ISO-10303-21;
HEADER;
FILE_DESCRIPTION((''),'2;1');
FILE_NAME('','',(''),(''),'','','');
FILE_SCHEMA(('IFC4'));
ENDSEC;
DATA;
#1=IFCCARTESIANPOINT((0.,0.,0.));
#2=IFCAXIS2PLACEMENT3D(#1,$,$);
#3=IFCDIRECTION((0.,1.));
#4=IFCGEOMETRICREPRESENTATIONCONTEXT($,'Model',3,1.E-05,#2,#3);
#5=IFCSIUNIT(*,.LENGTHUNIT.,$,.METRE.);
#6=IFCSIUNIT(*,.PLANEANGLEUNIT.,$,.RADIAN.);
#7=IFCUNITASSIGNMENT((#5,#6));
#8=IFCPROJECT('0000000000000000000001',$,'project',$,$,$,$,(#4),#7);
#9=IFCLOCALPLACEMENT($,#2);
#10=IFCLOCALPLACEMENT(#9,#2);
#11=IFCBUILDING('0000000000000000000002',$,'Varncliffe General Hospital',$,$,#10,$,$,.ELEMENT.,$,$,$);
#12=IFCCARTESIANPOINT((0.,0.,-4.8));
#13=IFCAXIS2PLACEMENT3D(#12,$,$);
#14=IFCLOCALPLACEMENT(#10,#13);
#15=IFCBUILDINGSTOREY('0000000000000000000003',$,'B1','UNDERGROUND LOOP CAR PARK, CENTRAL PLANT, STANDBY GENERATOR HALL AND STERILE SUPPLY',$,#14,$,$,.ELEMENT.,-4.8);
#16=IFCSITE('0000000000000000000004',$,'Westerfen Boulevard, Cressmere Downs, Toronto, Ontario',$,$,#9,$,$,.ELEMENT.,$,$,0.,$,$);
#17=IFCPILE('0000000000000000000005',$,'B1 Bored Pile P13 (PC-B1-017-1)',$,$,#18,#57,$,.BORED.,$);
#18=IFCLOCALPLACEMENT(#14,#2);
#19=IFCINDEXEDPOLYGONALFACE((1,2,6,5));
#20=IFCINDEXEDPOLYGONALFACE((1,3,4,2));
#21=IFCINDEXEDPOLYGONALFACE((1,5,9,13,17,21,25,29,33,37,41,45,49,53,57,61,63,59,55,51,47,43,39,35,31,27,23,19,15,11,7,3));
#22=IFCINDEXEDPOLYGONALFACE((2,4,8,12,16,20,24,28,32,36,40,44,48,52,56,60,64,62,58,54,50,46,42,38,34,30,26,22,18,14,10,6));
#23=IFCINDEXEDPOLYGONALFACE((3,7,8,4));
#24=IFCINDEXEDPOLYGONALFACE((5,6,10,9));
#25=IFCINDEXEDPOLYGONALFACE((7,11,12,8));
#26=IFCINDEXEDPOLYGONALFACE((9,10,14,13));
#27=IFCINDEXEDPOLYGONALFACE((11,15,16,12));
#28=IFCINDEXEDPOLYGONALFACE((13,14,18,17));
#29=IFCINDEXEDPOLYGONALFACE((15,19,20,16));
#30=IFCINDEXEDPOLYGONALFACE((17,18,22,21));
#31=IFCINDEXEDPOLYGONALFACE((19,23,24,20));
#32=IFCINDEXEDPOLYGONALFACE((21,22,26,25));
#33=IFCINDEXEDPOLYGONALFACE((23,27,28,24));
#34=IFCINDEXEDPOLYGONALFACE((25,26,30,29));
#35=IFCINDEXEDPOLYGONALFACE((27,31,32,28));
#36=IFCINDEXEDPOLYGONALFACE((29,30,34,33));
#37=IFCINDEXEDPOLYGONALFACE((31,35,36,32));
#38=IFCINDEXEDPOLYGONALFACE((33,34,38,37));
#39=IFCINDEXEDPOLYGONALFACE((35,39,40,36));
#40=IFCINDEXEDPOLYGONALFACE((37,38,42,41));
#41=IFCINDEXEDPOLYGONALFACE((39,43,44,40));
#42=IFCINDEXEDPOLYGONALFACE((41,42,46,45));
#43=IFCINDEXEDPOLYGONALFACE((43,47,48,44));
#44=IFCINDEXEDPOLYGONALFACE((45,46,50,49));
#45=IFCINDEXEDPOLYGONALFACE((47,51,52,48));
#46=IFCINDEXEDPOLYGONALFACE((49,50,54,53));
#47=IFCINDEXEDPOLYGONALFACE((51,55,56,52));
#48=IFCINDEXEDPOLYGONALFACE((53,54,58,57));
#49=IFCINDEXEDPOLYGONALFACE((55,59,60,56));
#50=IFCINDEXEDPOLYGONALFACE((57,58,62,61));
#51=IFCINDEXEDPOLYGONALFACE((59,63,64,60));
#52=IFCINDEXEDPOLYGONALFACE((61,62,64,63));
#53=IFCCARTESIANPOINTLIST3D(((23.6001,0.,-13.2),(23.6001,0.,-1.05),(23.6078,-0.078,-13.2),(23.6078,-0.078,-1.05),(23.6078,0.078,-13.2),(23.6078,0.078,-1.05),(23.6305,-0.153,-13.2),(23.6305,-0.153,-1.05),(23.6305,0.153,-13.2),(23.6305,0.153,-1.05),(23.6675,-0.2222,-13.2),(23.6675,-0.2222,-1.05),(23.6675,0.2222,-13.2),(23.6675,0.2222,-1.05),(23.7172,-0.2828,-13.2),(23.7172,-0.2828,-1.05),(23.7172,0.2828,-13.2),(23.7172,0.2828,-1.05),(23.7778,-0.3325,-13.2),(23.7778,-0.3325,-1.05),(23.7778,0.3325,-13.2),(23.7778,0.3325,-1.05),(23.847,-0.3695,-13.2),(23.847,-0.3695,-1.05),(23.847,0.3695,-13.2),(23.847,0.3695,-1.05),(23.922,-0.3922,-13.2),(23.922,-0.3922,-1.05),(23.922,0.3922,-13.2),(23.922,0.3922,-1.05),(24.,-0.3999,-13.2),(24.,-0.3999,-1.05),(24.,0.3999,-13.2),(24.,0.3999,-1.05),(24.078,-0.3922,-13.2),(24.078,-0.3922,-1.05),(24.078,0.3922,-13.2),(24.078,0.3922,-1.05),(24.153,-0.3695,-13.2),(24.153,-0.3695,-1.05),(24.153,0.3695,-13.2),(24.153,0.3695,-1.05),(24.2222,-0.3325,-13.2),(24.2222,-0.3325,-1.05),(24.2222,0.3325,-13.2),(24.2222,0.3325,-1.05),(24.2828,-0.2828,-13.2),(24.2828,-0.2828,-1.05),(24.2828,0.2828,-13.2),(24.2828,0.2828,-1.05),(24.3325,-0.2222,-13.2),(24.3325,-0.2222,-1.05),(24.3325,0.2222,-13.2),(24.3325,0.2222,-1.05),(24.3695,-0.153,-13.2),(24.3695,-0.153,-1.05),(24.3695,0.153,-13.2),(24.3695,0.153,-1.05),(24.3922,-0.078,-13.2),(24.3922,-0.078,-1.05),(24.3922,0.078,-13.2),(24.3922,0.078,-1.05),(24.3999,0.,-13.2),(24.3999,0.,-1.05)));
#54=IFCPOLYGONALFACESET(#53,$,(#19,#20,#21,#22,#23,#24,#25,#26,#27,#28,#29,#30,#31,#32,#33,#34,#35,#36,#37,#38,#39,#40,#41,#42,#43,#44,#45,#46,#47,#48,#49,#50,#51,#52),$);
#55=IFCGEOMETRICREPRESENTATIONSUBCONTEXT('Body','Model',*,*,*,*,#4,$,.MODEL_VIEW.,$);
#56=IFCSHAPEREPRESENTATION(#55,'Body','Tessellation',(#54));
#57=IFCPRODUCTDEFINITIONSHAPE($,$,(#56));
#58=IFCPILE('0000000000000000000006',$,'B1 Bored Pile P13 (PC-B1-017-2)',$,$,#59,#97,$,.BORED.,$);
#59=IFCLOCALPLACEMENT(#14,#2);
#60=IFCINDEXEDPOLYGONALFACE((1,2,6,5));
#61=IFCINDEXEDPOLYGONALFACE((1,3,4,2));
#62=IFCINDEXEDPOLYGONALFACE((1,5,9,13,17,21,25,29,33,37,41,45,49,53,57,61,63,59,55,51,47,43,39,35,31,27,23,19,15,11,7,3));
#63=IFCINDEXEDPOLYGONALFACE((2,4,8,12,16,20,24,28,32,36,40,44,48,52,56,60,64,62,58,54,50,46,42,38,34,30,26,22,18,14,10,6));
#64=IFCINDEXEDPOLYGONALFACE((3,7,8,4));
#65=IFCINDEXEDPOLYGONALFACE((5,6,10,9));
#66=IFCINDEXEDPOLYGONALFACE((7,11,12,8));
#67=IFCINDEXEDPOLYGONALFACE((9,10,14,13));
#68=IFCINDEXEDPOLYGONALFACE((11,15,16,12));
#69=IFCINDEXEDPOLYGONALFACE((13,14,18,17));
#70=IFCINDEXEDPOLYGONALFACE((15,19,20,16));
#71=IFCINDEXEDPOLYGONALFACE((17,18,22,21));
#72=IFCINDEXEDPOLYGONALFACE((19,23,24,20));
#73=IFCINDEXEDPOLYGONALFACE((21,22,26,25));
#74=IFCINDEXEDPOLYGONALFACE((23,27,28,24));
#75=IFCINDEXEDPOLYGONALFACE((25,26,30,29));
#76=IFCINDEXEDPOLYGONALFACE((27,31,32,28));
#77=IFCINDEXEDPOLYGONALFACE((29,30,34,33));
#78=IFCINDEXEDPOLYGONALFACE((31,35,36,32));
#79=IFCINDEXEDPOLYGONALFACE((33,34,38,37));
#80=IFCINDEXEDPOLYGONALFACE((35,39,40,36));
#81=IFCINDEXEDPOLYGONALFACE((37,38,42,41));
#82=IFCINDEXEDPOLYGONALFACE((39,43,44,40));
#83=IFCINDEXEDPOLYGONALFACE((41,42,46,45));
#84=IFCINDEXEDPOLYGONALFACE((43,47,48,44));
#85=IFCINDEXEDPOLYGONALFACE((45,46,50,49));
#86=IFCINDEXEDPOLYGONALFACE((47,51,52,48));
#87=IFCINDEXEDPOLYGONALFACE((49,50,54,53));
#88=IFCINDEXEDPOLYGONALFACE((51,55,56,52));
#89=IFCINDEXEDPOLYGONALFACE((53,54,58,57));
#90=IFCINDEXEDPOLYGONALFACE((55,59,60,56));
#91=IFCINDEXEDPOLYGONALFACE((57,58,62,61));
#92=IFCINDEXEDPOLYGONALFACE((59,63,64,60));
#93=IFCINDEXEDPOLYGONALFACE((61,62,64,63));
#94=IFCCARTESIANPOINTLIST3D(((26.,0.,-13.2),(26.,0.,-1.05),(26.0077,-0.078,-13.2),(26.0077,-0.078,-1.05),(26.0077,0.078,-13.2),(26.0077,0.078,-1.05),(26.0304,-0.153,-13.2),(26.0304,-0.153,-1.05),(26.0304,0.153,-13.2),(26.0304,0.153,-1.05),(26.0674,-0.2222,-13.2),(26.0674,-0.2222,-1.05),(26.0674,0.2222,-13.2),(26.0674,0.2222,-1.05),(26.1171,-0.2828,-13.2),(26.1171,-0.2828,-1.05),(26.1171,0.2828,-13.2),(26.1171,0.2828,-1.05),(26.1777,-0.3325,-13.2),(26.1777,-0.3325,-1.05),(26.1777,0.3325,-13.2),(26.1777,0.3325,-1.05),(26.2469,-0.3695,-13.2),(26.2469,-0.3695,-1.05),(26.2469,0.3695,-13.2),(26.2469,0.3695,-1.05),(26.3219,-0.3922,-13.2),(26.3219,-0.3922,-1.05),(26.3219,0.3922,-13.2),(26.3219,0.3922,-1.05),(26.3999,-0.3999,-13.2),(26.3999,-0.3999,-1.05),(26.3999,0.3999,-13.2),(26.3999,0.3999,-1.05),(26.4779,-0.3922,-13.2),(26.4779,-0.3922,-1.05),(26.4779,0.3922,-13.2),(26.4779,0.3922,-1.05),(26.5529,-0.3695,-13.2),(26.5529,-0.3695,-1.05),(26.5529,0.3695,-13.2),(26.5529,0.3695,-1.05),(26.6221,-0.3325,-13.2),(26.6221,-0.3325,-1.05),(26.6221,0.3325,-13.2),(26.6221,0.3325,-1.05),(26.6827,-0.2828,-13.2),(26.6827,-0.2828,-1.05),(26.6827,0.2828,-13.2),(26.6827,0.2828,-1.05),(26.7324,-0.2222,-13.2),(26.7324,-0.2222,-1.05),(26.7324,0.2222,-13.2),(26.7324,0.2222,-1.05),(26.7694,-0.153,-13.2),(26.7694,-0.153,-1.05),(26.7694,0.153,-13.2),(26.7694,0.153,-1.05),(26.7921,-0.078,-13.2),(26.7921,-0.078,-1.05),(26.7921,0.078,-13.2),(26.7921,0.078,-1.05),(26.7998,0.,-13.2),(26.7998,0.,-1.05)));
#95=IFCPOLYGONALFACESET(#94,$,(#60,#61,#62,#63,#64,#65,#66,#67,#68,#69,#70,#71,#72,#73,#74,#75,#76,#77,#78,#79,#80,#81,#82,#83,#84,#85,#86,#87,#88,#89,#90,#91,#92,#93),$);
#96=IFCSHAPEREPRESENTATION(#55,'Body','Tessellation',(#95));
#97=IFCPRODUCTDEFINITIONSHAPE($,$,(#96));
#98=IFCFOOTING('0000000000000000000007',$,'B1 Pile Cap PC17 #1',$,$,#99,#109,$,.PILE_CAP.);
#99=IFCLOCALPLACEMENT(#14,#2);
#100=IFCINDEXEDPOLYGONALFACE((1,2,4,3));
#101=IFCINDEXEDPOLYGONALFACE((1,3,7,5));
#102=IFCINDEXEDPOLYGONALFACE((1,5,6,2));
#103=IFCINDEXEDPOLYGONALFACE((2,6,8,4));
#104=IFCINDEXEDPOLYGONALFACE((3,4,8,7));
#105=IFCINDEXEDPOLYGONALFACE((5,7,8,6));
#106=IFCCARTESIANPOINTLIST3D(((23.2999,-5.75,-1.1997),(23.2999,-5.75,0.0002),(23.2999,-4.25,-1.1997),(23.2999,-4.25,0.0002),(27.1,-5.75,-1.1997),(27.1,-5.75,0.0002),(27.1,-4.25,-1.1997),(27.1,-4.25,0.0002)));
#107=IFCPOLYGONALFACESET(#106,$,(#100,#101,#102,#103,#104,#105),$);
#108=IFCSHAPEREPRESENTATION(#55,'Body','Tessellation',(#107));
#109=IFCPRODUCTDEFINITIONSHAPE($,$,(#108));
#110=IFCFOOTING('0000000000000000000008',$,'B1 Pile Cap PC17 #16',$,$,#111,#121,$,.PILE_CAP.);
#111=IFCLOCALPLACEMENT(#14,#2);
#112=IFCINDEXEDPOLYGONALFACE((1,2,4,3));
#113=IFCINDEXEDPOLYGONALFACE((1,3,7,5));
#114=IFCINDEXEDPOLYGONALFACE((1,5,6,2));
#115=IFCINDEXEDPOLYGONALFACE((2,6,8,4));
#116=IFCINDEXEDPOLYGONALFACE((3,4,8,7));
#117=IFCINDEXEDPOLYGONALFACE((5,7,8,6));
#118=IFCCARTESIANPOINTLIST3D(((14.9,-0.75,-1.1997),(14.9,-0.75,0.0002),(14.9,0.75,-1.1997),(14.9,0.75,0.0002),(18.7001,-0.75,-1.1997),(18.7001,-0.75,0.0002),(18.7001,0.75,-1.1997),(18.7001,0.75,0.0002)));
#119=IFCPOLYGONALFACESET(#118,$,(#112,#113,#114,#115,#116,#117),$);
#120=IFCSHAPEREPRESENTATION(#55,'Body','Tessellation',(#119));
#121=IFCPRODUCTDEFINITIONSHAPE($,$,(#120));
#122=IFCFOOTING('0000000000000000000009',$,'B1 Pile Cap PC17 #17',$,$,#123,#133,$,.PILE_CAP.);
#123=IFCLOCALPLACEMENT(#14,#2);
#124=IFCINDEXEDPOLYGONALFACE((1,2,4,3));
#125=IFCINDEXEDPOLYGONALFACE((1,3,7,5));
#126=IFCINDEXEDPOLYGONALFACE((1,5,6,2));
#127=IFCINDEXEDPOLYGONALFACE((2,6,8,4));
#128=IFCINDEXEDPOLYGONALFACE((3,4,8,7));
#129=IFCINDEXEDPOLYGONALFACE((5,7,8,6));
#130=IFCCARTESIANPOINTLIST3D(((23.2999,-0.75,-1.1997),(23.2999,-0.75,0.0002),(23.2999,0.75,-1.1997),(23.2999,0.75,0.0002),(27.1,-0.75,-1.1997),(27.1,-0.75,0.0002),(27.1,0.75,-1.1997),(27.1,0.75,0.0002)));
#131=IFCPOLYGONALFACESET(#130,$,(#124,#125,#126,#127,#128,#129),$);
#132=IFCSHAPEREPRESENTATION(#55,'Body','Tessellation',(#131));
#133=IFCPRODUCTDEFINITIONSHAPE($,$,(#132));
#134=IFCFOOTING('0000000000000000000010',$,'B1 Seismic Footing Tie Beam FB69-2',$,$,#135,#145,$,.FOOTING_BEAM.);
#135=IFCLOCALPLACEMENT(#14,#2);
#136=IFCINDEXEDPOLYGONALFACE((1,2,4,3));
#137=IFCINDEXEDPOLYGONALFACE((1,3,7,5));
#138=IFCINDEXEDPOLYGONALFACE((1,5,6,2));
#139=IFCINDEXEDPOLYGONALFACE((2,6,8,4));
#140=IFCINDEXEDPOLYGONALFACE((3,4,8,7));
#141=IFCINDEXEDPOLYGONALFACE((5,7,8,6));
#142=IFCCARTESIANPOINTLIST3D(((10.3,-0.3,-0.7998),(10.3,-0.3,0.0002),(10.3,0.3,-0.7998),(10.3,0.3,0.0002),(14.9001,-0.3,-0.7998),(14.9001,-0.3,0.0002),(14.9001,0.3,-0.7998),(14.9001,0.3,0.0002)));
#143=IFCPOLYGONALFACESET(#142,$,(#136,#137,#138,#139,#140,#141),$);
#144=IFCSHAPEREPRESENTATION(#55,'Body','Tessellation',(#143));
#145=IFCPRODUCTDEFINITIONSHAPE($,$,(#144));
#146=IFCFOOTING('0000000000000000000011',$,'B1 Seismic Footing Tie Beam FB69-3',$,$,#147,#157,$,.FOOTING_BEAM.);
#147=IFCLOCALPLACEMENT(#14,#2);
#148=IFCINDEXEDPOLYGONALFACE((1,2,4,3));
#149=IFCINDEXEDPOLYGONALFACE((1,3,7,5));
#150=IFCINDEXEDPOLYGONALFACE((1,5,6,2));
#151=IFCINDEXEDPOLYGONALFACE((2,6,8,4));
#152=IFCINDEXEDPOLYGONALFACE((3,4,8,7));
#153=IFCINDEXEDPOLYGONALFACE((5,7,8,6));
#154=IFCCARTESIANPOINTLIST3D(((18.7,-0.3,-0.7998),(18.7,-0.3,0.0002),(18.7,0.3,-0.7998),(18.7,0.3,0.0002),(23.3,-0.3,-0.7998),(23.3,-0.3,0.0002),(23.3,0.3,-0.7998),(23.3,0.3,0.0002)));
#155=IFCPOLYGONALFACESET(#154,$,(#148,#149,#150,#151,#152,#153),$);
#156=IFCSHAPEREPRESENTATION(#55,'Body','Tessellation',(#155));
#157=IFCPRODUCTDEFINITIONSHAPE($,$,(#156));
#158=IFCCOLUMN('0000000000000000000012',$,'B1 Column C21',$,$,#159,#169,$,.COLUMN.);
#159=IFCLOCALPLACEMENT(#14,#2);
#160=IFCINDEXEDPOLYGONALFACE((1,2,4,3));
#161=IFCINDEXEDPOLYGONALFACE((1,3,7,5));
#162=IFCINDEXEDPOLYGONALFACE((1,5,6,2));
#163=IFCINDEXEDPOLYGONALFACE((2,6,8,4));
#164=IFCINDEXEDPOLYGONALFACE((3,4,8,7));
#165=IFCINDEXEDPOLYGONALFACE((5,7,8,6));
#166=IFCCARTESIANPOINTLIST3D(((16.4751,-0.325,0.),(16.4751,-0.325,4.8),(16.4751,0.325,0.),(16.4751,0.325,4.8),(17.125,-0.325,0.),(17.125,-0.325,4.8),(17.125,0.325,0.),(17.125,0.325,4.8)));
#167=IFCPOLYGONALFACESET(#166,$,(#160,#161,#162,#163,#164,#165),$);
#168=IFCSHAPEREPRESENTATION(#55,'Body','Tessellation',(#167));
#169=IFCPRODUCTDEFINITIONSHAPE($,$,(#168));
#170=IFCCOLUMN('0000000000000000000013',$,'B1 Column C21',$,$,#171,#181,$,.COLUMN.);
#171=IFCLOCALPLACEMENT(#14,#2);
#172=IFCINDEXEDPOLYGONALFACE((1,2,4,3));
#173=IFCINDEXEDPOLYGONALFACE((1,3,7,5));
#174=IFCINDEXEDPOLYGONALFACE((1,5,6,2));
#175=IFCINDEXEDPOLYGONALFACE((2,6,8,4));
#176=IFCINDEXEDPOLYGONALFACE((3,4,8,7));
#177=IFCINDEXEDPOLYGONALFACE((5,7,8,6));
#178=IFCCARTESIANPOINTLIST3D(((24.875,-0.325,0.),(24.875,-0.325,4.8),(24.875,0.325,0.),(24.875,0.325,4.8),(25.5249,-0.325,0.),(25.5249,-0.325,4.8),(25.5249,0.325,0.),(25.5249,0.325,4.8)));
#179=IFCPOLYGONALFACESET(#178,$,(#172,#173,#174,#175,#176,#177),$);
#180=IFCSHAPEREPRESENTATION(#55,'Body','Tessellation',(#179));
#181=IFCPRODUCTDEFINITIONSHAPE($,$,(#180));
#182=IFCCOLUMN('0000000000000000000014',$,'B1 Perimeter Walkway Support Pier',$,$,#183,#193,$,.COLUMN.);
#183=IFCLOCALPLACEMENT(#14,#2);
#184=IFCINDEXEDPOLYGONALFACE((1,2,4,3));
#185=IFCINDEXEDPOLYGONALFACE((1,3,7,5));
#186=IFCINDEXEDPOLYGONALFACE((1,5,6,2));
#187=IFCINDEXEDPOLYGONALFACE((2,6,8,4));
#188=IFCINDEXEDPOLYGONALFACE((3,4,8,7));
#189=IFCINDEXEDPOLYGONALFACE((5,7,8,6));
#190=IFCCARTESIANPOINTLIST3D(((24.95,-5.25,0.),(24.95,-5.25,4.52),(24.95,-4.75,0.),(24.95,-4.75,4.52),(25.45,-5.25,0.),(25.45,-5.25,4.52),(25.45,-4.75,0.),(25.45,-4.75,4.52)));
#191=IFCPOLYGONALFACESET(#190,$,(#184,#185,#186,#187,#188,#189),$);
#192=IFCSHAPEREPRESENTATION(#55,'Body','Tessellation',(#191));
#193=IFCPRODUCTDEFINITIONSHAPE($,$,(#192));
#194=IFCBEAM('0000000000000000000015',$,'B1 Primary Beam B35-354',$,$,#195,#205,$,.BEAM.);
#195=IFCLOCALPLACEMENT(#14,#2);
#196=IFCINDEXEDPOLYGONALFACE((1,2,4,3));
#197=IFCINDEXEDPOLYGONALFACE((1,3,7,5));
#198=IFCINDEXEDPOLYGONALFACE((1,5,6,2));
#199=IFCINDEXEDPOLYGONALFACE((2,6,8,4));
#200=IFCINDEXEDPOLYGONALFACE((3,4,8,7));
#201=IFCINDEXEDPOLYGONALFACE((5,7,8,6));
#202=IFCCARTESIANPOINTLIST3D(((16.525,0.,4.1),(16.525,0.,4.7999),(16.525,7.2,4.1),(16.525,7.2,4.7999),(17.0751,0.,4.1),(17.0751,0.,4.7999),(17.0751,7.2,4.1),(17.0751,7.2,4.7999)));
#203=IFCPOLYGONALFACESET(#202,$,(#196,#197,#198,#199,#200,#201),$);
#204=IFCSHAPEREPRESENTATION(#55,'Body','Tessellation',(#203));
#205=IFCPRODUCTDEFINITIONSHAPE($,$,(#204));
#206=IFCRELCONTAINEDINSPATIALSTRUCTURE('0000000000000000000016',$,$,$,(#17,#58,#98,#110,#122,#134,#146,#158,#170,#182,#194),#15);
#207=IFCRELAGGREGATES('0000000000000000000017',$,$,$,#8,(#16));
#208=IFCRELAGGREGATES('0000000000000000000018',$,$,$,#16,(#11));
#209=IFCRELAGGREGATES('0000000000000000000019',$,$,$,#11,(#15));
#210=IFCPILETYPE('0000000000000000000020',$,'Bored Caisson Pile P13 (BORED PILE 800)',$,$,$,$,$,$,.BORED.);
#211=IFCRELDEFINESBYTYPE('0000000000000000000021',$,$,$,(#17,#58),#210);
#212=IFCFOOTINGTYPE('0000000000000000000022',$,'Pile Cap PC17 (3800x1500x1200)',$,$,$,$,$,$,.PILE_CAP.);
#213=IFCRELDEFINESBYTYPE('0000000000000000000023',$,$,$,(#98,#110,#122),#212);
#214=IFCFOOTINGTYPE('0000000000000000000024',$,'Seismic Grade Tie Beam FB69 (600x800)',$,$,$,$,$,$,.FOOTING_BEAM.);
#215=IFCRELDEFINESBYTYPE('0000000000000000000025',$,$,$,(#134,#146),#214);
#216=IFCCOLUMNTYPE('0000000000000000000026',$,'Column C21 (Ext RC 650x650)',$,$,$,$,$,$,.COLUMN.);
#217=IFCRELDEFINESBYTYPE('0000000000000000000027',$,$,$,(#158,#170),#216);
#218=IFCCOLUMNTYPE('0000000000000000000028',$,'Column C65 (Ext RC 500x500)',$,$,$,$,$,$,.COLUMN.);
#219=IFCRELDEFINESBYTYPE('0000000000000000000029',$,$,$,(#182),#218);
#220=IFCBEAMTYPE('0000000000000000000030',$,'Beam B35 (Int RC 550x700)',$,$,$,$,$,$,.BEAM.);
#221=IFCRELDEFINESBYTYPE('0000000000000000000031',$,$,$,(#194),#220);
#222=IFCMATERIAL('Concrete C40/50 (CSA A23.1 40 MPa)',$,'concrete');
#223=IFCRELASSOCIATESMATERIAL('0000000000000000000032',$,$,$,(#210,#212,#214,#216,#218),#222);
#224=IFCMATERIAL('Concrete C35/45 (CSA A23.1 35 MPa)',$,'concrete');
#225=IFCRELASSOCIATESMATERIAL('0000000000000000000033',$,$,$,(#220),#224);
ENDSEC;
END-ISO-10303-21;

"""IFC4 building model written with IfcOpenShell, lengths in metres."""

from ifc_helpers import new_model, si_unit, direction, frame, origin, origin_2d, place, context, subcontext, project, spatial, rectangle, circle, extrude, material, material_profile, profile_set, type_object, element, save


model = new_model("IFC4")

# Units and contexts
model_context = context("Model", 3, precision=1e-05, world=origin(), true_north=direction((0.0, 1.0)))
body_context = subcontext(model_context, "Body", "Model", "MODEL_VIEW")
ifc_project = project(units=[si_unit("LENGTHUNIT", "METRE"), si_unit("PLANEANGLEUNIT", "RADIAN")], contexts=[model_context])

# Site, building, storey
site_placement = place(None, origin())
site = spatial("IfcSite", under=ifc_project, at=site_placement, Name="Westerfen Boulevard, Cressmere Downs, Toronto, Ontario", CompositionType="ELEMENT", RefElevation=0.0)
building_placement = place(site_placement, origin())
building = spatial("IfcBuilding", under=site, at=building_placement, Name="Varncliffe General Hospital", CompositionType="ELEMENT")
storey_placement = place(building_placement, frame((0.0, 0.0, -4.8)))
storey = spatial("IfcBuildingStorey", under=building, at=storey_placement, Name="B1", Description="UNDERGROUND LOOP CAR PARK, CENTRAL PLANT, STANDBY GENERATOR HALL AND STERILE SUPPLY", CompositionType="ELEMENT", Elevation=-4.8)

# Piles
ifc_material_1 = material(Name="Concrete C40/50 (CSA A23.1 40 MPa)", Category="concrete")
ifc_material_profile_1 = material_profile(ifc_material_1, circle(Radius=0.3999, at=origin_2d()), Name="BORED PILE 800")
ifc_profile_set_1 = profile_set([ifc_material_profile_1], Name="Concrete C40/50 (CSA A23.1 40 MPa)")
pile_type = type_object("IfcPileType", Name="Bored Caisson Pile P13 (BORED PILE 800)", PredefinedType="BORED", material=ifc_profile_set_1)
for number, where, z_axis, x_axis, name in (
    (1, (24.0, 0.0, -1.05), (0.0, 0.0, -1.0), (1.0, 0.0, 0.0), "B1 Bored Pile P13 (PC-B1-017-1)"),
    (2, (26.3999, 0.0, -1.05), (0.0, 0.0, -1.0), (1.0, 0.0, 0.0), "B1 Bored Pile P13 (PC-B1-017-2)"),
):
    element("IfcPile", number, at=place(storey_placement, frame(where, z_axis=z_axis, x_axis=x_axis)), inside=storey, type_object=pile_type, Name=name, PredefinedType="BORED", context=body_context, shape_type="SweptSolid", body=[
        extrude(circle(Radius=0.3999, at=origin_2d()), origin(), (0.0, 0.0, 1.0), 12.1499),
    ])

# Footings
footing_type_1 = type_object("IfcFootingType", Name="Pile Cap PC17 (3800x1500x1200)", PredefinedType="PILE_CAP", material=ifc_material_1)
for number, where, z_axis, x_axis, name in (
    (3, (25.2, -5.0, -1.1997), (0.0, 0.0, 1.0), (1.0, 0.0, 0.0), "B1 Pile Cap PC17 #1"),
    (4, (16.8, 0.0, -1.1997), (0.0, 0.0, 1.0), (1.0, 0.0, 0.0), "B1 Pile Cap PC17 #16"),
    (5, (25.2, 0.0, -1.1997), (0.0, 0.0, 1.0), (1.0, 0.0, 0.0), "B1 Pile Cap PC17 #17"),
):
    element("IfcFooting", number, at=place(storey_placement, frame(where, z_axis=z_axis, x_axis=x_axis)), inside=storey, type_object=footing_type_1, Name=name, PredefinedType="PILE_CAP", context=body_context, shape_type="SweptSolid", body=[
        extrude(rectangle(XDim=3.8, YDim=1.5, at=origin_2d()), origin(), (0.0, 0.0, 1.0), 1.2),
    ])
footing_type_2 = type_object("IfcFootingType", Name="Seismic Grade Tie Beam FB69 (600x800)", PredefinedType="FOOTING_BEAM", material=ifc_material_1)
for number, where, z_axis, x_axis, name in (
    (6, (12.6001, 0.0, -0.7998), (0.0, 0.0, 1.0), (1.0, 0.0, 0.0), "B1 Seismic Footing Tie Beam FB69-2"),
    (7, (21.0, 0.0, -0.7998), (0.0, 0.0, 1.0), (1.0, 0.0, 0.0), "B1 Seismic Footing Tie Beam FB69-3"),
):
    element("IfcFooting", number, at=place(storey_placement, frame(where, z_axis=z_axis, x_axis=x_axis)), inside=storey, type_object=footing_type_2, Name=name, PredefinedType="FOOTING_BEAM", context=body_context, shape_type="SweptSolid", body=[
        extrude(rectangle(XDim=4.6001, YDim=0.6001, at=origin_2d()), origin(), (0.0, 0.0, 1.0), 0.8),
    ])

# Columns
ifc_material_profile_2 = material_profile(ifc_material_1, rectangle(XDim=0.6499, YDim=0.6499, at=origin_2d()), Name="RC 650x650")
ifc_profile_set_2 = profile_set([ifc_material_profile_2], Name="Concrete C40/50 (CSA A23.1 40 MPa)")
column_type_1 = type_object("IfcColumnType", Name="Column C21 (Ext RC 650x650)", PredefinedType="COLUMN", material=ifc_profile_set_2)
for number, where, z_axis, x_axis, name in (
    (8, (16.8, 0.0, 0.0), (0.0, 0.0, 1.0), (1.0, 0.0, 0.0), "B1 Column C21"),
    (9, (25.2, 0.0, 0.0), (0.0, 0.0, 1.0), (1.0, 0.0, 0.0), "B1 Column C21"),
):
    element("IfcColumn", number, at=place(storey_placement, frame(where, z_axis=z_axis, x_axis=x_axis)), inside=storey, type_object=column_type_1, Name=name, PredefinedType="COLUMN", context=body_context, shape_type="SweptSolid", body=[
        extrude(rectangle(XDim=0.6499, YDim=0.6499, at=origin_2d()), origin(), (0.0, 0.0, 1.0), 4.8),
    ])
ifc_material_profile_3 = material_profile(ifc_material_1, rectangle(XDim=0.5, YDim=0.5, at=origin_2d()), Name="RC 500x500")
ifc_profile_set_3 = profile_set([ifc_material_profile_3], Name="Concrete C40/50 (CSA A23.1 40 MPa)")
column_type_2 = type_object("IfcColumnType", Name="Column C65 (Ext RC 500x500)", PredefinedType="COLUMN", material=ifc_profile_set_3)
column_placement = place(storey_placement, frame((25.2, -5.0, 0.0), z_axis=(0.0, 0.0, 1.0), x_axis=(1.0, 0.0, 0.0)))
element("IfcColumn", 10, at=column_placement, inside=storey, type_object=column_type_2, Name="B1 Perimeter Walkway Support Pier", PredefinedType="COLUMN", context=body_context, shape_type="SweptSolid", body=[
    extrude(rectangle(XDim=0.5, YDim=0.5, at=origin_2d()), origin(), (0.0, 0.0, 1.0), 4.52),
])

# Beam
ifc_material_2 = material(Name="Concrete C35/45 (CSA A23.1 35 MPa)", Category="concrete")
ifc_material_profile_4 = material_profile(ifc_material_2, rectangle(XDim=0.55, YDim=0.7, at=origin_2d()), Name="RC 550x700")
ifc_profile_set_4 = profile_set([ifc_material_profile_4], Name="Concrete C35/45 (CSA A23.1 35 MPa)")
beam_type_1 = type_object("IfcBeamType", Name="Beam B35 (Int RC 550x700)", PredefinedType="BEAM", material=ifc_profile_set_4)
beam_1_placement = place(storey_placement, frame((16.8, 0.0, 4.45), z_axis=(0.0, 1.0, 0.0), x_axis=(-1.0, 0.0, 0.0)))
element("IfcBeam", 11, at=beam_1_placement, inside=storey, type_object=beam_type_1, Name="B1 Primary Beam B35-354", PredefinedType="BEAM", context=body_context, shape_type="SweptSolid", body=[
    extrude(rectangle(XDim=0.55, YDim=0.7, at=origin_2d()), origin(), (0.0, 0.0, 1.0), 7.2),
])

save(model, "model.ifc")
